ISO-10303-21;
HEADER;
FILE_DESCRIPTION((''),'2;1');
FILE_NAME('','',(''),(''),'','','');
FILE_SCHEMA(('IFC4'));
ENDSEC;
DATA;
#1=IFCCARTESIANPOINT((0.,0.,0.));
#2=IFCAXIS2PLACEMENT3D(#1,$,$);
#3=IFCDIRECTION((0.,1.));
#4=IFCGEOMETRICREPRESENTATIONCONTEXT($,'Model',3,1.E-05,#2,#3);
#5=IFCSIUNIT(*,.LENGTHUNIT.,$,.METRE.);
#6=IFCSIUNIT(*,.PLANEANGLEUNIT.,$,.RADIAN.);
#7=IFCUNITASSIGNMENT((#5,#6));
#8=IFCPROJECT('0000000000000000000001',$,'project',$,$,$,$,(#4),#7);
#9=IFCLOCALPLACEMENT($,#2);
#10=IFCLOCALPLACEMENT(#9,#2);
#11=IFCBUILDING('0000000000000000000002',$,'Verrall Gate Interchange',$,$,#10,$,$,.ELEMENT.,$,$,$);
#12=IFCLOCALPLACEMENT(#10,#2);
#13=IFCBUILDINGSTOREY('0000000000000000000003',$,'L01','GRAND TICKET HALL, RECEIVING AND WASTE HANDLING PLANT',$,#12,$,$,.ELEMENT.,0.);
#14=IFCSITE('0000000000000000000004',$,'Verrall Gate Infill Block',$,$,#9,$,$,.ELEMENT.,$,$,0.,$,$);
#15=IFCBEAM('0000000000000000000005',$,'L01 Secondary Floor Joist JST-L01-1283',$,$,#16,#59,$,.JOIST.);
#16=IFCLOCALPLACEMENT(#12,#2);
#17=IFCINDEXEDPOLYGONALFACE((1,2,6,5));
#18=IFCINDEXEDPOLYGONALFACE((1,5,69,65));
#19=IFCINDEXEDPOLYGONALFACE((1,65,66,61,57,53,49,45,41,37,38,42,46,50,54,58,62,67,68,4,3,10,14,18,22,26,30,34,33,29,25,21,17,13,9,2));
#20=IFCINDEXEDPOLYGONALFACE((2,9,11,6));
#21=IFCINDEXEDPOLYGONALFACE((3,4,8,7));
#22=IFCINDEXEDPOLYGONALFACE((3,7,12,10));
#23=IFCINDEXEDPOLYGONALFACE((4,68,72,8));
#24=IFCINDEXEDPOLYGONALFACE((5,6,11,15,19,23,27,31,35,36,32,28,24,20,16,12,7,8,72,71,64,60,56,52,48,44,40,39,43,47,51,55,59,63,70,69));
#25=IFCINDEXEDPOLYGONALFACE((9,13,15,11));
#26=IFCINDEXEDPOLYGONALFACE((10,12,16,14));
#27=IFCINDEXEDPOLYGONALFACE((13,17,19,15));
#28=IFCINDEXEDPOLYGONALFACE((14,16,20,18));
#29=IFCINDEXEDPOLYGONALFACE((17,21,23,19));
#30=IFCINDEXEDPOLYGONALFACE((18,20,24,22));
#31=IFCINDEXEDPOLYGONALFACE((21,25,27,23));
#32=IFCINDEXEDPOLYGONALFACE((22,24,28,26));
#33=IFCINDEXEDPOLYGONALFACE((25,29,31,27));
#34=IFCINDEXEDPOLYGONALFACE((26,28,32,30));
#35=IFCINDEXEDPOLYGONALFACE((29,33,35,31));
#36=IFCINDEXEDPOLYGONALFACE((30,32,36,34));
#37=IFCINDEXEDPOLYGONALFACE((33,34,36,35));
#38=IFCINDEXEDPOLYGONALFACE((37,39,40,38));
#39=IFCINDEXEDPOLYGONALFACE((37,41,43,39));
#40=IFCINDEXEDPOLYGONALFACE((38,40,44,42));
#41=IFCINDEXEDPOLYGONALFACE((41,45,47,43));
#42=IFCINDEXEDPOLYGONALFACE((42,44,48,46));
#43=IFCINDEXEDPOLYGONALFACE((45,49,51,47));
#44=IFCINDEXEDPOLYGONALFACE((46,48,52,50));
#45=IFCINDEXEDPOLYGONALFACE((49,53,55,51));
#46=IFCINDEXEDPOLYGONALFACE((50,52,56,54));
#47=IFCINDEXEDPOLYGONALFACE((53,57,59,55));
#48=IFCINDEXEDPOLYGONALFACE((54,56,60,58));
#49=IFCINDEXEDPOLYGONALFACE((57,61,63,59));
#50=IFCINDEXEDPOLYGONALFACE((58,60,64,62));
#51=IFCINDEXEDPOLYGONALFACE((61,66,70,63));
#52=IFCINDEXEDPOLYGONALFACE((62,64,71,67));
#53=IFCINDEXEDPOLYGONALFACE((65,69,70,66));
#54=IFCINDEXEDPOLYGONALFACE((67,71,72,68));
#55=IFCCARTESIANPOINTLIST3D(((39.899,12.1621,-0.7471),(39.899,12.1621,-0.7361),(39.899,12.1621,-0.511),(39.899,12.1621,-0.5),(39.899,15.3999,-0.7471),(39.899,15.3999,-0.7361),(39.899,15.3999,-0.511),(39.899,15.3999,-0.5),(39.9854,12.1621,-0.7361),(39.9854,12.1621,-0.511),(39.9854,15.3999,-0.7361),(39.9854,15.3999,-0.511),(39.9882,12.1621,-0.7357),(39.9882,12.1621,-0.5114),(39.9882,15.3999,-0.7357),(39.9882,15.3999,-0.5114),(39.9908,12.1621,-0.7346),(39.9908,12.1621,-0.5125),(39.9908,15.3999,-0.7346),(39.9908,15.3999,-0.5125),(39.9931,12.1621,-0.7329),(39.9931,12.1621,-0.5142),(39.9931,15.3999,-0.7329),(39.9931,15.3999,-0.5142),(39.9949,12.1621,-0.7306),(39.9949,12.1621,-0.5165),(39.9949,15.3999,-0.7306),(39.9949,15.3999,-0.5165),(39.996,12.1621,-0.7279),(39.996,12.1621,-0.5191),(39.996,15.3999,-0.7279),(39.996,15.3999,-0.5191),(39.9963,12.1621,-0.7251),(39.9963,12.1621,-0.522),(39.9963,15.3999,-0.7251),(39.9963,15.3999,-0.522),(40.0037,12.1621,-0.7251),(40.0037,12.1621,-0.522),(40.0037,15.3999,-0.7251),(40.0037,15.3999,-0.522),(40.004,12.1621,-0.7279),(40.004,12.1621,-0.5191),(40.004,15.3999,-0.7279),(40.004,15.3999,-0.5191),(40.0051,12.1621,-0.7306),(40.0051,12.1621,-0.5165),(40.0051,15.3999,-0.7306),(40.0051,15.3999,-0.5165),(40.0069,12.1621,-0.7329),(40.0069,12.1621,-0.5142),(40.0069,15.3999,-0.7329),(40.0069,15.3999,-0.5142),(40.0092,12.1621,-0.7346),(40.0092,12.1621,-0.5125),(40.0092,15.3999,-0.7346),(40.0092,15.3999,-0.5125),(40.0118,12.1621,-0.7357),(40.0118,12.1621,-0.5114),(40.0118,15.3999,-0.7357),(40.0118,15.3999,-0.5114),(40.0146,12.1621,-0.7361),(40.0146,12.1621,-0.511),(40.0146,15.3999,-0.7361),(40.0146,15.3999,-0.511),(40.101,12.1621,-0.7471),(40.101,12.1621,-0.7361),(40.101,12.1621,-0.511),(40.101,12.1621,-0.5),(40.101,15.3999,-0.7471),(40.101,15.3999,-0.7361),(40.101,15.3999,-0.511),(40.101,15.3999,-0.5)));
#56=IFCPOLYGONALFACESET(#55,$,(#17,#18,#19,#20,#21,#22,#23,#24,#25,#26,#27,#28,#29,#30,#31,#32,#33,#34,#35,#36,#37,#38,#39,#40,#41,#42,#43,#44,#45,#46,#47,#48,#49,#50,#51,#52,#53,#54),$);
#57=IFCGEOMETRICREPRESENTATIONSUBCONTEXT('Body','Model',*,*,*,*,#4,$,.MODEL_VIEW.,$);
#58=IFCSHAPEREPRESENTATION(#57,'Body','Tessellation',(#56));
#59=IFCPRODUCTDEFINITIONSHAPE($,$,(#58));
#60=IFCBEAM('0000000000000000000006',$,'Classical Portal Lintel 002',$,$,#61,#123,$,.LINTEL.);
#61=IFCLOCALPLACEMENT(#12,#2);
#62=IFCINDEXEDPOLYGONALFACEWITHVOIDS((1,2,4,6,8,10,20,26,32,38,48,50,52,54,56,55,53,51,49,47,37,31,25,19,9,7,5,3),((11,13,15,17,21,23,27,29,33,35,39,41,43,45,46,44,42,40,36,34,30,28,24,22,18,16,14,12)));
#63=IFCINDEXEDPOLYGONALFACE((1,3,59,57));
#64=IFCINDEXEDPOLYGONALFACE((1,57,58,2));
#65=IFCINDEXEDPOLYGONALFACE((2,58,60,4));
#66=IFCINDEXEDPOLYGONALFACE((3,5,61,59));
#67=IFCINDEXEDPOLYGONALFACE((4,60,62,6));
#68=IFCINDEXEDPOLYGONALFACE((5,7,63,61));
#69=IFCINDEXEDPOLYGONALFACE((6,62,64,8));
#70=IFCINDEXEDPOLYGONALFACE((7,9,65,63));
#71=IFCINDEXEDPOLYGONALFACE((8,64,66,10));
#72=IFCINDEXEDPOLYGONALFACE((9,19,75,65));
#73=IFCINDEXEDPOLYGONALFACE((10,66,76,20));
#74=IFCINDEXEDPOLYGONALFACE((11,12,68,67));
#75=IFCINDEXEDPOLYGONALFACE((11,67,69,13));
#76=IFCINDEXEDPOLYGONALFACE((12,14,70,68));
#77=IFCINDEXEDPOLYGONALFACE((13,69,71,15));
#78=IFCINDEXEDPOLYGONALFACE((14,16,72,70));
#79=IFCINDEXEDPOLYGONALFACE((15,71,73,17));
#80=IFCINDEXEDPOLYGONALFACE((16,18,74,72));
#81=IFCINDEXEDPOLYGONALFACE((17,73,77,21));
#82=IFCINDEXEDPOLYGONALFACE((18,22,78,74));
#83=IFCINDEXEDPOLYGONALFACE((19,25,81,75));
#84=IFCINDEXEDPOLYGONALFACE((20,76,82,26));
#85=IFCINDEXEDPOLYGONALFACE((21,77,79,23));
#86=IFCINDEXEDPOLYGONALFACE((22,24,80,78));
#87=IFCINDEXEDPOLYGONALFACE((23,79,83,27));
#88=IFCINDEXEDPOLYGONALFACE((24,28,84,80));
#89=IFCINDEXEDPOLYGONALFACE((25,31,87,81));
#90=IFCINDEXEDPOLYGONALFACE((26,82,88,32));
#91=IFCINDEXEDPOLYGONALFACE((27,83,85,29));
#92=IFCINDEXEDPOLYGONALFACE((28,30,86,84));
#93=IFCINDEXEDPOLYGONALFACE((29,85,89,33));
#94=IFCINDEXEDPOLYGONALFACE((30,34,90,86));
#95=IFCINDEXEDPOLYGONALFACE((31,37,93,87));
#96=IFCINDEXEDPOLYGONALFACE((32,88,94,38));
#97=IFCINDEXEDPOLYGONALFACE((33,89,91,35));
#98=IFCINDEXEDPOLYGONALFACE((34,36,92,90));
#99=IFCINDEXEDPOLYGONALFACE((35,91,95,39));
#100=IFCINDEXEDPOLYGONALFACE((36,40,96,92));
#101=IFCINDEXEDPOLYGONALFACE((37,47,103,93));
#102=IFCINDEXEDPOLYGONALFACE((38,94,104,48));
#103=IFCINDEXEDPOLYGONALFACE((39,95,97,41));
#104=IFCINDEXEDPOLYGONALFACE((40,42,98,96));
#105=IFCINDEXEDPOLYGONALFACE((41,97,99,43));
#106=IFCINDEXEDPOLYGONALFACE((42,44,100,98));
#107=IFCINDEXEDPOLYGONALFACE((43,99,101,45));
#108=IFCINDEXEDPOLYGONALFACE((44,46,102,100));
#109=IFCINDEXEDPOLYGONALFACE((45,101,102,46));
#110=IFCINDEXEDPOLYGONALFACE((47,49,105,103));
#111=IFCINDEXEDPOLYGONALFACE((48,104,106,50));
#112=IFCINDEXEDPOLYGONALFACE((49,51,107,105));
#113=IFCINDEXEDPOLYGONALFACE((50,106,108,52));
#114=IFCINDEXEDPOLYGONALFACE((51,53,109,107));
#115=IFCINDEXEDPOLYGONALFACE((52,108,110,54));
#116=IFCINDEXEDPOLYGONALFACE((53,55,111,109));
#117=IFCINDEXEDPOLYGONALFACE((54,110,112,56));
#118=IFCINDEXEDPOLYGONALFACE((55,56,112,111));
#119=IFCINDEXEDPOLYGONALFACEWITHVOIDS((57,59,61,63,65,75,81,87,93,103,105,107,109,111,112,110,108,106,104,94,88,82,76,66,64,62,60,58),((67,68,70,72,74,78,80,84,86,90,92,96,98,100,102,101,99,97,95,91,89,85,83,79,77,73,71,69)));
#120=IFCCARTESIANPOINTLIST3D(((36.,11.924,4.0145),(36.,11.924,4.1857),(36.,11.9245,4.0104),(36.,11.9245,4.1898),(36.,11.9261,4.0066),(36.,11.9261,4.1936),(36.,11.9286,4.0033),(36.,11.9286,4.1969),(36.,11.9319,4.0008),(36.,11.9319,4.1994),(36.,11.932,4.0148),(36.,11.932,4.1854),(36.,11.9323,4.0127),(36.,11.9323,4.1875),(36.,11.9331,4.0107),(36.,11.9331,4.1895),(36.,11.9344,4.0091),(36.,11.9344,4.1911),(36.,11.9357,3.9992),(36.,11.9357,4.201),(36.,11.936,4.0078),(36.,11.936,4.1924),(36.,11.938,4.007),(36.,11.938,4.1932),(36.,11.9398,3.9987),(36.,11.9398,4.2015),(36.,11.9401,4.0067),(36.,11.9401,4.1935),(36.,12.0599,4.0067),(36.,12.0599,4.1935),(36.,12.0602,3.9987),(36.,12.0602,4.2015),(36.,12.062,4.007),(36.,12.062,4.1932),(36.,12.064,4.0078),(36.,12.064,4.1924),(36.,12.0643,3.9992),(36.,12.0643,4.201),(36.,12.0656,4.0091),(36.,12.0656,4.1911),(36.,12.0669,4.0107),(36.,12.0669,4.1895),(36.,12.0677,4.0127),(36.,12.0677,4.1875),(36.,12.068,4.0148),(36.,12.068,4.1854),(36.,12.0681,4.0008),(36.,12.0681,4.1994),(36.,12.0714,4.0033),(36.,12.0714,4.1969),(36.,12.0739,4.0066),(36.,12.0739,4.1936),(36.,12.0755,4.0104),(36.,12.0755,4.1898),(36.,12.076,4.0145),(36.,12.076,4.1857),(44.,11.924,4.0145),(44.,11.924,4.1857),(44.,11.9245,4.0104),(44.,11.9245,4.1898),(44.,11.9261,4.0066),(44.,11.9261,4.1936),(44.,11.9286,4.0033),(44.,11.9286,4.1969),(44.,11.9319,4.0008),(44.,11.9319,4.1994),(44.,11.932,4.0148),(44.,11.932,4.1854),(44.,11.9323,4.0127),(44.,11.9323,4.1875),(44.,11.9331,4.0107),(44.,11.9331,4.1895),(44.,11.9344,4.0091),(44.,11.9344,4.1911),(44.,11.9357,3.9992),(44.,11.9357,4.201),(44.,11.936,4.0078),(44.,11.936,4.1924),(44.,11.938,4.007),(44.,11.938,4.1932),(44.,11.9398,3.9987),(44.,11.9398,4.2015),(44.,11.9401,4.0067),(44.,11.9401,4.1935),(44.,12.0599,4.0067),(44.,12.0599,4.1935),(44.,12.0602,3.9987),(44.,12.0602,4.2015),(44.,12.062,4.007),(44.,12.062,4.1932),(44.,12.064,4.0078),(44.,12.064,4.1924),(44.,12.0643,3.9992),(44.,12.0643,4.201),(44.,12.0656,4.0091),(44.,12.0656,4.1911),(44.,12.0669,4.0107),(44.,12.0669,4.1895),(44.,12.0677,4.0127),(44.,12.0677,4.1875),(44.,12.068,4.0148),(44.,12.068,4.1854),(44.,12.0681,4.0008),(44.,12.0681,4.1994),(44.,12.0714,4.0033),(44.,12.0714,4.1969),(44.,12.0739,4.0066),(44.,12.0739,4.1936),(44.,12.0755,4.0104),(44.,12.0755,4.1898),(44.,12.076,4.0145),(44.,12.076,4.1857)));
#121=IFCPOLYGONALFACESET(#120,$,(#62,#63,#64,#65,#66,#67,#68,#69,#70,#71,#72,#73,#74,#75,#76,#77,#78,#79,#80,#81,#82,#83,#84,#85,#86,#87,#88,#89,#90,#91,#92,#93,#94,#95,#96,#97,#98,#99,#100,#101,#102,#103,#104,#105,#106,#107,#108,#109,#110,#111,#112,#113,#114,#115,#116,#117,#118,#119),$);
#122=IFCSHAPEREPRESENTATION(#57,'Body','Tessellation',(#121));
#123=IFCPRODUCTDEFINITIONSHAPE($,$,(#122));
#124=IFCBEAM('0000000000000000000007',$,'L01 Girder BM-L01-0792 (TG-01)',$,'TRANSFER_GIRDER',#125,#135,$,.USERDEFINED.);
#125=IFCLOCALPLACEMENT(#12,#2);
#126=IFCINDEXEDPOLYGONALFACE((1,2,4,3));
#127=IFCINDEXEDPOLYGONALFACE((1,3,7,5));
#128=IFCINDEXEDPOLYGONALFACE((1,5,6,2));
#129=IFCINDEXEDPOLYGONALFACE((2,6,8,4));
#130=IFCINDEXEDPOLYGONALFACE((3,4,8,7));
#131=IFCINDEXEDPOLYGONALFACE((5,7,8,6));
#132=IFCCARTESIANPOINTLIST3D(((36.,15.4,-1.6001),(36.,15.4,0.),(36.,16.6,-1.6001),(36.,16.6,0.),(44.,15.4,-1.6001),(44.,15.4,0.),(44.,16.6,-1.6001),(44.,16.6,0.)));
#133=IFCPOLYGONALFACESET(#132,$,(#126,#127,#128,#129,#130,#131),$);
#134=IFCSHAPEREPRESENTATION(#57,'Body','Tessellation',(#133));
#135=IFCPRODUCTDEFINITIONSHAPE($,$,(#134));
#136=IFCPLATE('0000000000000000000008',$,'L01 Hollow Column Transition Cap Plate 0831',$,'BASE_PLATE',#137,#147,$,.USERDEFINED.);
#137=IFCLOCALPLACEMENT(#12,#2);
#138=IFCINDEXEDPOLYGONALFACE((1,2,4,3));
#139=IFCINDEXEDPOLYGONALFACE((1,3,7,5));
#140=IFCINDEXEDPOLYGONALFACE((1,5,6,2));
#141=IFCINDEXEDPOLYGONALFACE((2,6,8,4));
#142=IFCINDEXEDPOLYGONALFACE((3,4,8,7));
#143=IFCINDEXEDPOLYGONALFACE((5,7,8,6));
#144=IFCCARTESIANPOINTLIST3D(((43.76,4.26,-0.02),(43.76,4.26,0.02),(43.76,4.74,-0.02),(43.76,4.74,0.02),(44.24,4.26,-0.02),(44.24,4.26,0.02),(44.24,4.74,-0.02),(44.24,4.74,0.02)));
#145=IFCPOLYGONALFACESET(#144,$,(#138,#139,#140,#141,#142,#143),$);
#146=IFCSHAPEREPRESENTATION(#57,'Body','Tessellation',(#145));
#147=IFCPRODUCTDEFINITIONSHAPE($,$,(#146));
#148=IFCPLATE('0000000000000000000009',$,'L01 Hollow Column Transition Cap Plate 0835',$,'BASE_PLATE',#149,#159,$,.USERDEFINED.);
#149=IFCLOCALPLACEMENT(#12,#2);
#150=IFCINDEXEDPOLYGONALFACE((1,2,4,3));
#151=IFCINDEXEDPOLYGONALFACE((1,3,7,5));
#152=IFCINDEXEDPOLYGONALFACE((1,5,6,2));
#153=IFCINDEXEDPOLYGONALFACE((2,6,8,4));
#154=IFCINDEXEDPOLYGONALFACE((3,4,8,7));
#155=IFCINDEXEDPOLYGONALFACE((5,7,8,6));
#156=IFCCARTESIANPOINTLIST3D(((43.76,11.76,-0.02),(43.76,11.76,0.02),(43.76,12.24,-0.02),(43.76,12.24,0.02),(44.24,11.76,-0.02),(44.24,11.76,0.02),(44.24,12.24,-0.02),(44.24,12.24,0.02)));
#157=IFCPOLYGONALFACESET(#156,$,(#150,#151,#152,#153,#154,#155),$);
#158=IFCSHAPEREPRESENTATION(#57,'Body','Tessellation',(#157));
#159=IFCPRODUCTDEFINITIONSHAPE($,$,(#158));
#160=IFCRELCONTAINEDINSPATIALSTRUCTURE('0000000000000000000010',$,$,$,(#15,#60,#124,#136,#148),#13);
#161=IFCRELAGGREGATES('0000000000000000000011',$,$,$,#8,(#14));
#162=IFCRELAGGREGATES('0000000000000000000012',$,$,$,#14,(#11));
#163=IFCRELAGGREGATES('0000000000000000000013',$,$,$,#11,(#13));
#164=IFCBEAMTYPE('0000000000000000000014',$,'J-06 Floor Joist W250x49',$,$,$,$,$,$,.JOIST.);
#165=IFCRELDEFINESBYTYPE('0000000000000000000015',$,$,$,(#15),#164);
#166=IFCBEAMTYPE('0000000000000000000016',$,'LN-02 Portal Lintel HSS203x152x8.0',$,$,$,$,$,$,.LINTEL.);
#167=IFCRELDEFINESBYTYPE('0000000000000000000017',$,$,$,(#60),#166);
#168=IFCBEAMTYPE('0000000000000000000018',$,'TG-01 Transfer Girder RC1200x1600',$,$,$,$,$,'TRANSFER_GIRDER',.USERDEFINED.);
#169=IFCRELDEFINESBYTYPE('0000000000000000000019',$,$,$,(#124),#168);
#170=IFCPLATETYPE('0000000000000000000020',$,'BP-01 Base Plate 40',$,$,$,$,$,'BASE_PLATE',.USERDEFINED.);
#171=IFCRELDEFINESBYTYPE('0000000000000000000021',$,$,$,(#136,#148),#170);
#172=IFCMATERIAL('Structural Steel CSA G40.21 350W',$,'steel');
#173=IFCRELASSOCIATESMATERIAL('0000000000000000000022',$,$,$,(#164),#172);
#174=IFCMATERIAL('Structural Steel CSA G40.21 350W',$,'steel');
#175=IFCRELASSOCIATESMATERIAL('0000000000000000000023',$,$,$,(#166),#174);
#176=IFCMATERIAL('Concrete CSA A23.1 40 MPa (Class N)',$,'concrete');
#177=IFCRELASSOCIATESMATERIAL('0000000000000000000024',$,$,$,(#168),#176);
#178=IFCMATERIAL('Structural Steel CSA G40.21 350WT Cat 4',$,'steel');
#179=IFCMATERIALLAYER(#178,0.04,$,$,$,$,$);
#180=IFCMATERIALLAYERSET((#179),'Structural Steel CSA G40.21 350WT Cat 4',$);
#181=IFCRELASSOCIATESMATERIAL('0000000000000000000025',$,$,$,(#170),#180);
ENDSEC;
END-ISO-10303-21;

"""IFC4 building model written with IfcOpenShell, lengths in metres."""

from ifc_helpers import new_model, si_unit, direction, frame, origin, origin_2d, place, context, subcontext, project, spatial, rectangle, hollow_rectangle, i_section, extrude, material, layer, layer_set, material_profile, profile_set, type_object, element, save


model = new_model("IFC4")

# Units and contexts
model_context = context("Model", 3, precision=1e-05, world=origin(), true_north=direction((0.0, 1.0)))
body_context = subcontext(model_context, "Body", "Model", "MODEL_VIEW")
ifc_project = project(units=[si_unit("LENGTHUNIT", "METRE"), si_unit("PLANEANGLEUNIT", "RADIAN")], contexts=[model_context])

# Site, building, storey
site_placement = place(None, origin())
site = spatial("IfcSite", under=ifc_project, at=site_placement, Name="Verrall Gate Infill Block", CompositionType="ELEMENT", RefElevation=0.0)
building_placement = place(site_placement, origin())
building = spatial("IfcBuilding", under=site, at=building_placement, Name="Verrall Gate Interchange", CompositionType="ELEMENT")
storey_placement = place(building_placement, origin())
storey = spatial("IfcBuildingStorey", under=building, at=storey_placement, Name="L01", Description="GRAND TICKET HALL, RECEIVING AND WASTE HANDLING PLANT", CompositionType="ELEMENT", Elevation=0.0)

# Beams
ifc_material_1 = material(Name="Structural Steel CSA G40.21 350W", Category="steel")
ifc_material_profile_1 = material_profile(ifc_material_1, i_section(OverallWidth=0.2019, OverallDepth=0.2471, WebThickness=0.0073, FlangeThickness=0.011, FilletRadius=0.011, at=origin_2d()), Name="W250x49")
ifc_profile_set_1 = profile_set([ifc_material_profile_1], Name="Structural Steel CSA G40.21 350W")
beam_type_1 = type_object("IfcBeamType", Name="J-06 Floor Joist W250x49", PredefinedType="JOIST", material=ifc_profile_set_1)
beam_1_placement = place(storey_placement, frame((40.0, 12.1621, -0.6235), z_axis=(0.0, 1.0, 0.0), x_axis=(-1.0, 0.0, 0.0)))
element("IfcBeam", 1, at=beam_1_placement, inside=storey, type_object=beam_type_1, Name="L01 Secondary Floor Joist JST-L01-1283", PredefinedType="JOIST", context=body_context, shape_type="SweptSolid", body=[
    extrude(i_section(OverallWidth=0.2019, OverallDepth=0.2471, WebThickness=0.0073, FlangeThickness=0.011, FilletRadius=0.011, at=origin_2d()), origin(), (0.0, 0.0, 1.0), 3.2378),
])
ifc_material_2 = material(Name="Structural Steel CSA G40.21 350W", Category="steel")
ifc_material_profile_2 = material_profile(ifc_material_2, hollow_rectangle(XDim=0.1521, YDim=0.2029, WallThickness=0.0081, InnerFilletRadius=0.0081, OuterFilletRadius=0.0159, at=origin_2d()), Name="HSS203x152x8.0")
ifc_profile_set_2 = profile_set([ifc_material_profile_2], Name="Structural Steel CSA G40.21 350W")
beam_type_2 = type_object("IfcBeamType", Name="LN-02 Portal Lintel HSS203x152x8.0", PredefinedType="LINTEL", material=ifc_profile_set_2)
beam_2_placement = place(storey_placement, frame((36.0, 12.0, 4.1001), z_axis=(1.0, 0.0, 0.0), x_axis=(0.0, 1.0, 0.0)))
element("IfcBeam", 2, at=beam_2_placement, inside=storey, type_object=beam_type_2, Name="Classical Portal Lintel 002", PredefinedType="LINTEL", context=body_context, shape_type="SweptSolid", body=[
    extrude(hollow_rectangle(XDim=0.1521, YDim=0.2029, WallThickness=0.0081, InnerFilletRadius=0.0081, OuterFilletRadius=0.0159, at=origin_2d()), origin(), (0.0, 0.0, 1.0), 8.0),
])
ifc_material_3 = material(Name="Concrete CSA A23.1 40 MPa (Class N)", Category="concrete")
ifc_material_profile_3 = material_profile(ifc_material_3, rectangle(XDim=1.2, YDim=1.6001, at=origin_2d()), Name="RC1200x1600")
ifc_profile_set_3 = profile_set([ifc_material_profile_3], Name="Concrete CSA A23.1 40 MPa (Class N)")
beam_type_3 = type_object("IfcBeamType", Name="TG-01 Transfer Girder RC1200x1600", ElementType="TRANSFER_GIRDER", PredefinedType="USERDEFINED", material=ifc_profile_set_3)
beam_3_placement = place(storey_placement, frame((36.0, 16.0, -0.8), z_axis=(1.0, 0.0, 0.0), x_axis=(0.0, 1.0, 0.0)))
element("IfcBeam", 3, at=beam_3_placement, inside=storey, type_object=beam_type_3, Name="L01 Girder BM-L01-0792 (TG-01)", ObjectType="TRANSFER_GIRDER", PredefinedType="USERDEFINED", context=body_context, shape_type="SweptSolid", body=[
    extrude(rectangle(XDim=1.2, YDim=1.6001, at=origin_2d()), origin(), (0.0, 0.0, 1.0), 8.0),
])

# Plates
ifc_material_4 = material(Name="Structural Steel CSA G40.21 350WT Cat 4", Category="steel")
ifc_layer_1 = layer(ifc_material_4, 0.04)
ifc_layer_set_1 = layer_set([ifc_layer_1], Name="Structural Steel CSA G40.21 350WT Cat 4")
plate_type = type_object("IfcPlateType", Name="BP-01 Base Plate 40", ElementType="BASE_PLATE", PredefinedType="USERDEFINED", material=ifc_layer_set_1)
for number, where, z_axis, x_axis, name in (
    (4, (44.0, 4.5, -0.02), (0.0, 0.0, 1.0), (1.0, 0.0, 0.0), "L01 Hollow Column Transition Cap Plate 0831"),
    (5, (44.0, 12.0, -0.02), (0.0, 0.0, 1.0), (1.0, 0.0, 0.0), "L01 Hollow Column Transition Cap Plate 0835"),
):
    element("IfcPlate", number, at=place(storey_placement, frame(where, z_axis=z_axis, x_axis=x_axis)), inside=storey, type_object=plate_type, Name=name, ObjectType="BASE_PLATE", PredefinedType="USERDEFINED", context=body_context, shape_type="SweptSolid", body=[
        extrude(rectangle(XDim=0.48, YDim=0.48, at=origin_2d()), origin(), (0.0, 0.0, 1.0), 0.04),
    ])

save(model, "model.ifc")
